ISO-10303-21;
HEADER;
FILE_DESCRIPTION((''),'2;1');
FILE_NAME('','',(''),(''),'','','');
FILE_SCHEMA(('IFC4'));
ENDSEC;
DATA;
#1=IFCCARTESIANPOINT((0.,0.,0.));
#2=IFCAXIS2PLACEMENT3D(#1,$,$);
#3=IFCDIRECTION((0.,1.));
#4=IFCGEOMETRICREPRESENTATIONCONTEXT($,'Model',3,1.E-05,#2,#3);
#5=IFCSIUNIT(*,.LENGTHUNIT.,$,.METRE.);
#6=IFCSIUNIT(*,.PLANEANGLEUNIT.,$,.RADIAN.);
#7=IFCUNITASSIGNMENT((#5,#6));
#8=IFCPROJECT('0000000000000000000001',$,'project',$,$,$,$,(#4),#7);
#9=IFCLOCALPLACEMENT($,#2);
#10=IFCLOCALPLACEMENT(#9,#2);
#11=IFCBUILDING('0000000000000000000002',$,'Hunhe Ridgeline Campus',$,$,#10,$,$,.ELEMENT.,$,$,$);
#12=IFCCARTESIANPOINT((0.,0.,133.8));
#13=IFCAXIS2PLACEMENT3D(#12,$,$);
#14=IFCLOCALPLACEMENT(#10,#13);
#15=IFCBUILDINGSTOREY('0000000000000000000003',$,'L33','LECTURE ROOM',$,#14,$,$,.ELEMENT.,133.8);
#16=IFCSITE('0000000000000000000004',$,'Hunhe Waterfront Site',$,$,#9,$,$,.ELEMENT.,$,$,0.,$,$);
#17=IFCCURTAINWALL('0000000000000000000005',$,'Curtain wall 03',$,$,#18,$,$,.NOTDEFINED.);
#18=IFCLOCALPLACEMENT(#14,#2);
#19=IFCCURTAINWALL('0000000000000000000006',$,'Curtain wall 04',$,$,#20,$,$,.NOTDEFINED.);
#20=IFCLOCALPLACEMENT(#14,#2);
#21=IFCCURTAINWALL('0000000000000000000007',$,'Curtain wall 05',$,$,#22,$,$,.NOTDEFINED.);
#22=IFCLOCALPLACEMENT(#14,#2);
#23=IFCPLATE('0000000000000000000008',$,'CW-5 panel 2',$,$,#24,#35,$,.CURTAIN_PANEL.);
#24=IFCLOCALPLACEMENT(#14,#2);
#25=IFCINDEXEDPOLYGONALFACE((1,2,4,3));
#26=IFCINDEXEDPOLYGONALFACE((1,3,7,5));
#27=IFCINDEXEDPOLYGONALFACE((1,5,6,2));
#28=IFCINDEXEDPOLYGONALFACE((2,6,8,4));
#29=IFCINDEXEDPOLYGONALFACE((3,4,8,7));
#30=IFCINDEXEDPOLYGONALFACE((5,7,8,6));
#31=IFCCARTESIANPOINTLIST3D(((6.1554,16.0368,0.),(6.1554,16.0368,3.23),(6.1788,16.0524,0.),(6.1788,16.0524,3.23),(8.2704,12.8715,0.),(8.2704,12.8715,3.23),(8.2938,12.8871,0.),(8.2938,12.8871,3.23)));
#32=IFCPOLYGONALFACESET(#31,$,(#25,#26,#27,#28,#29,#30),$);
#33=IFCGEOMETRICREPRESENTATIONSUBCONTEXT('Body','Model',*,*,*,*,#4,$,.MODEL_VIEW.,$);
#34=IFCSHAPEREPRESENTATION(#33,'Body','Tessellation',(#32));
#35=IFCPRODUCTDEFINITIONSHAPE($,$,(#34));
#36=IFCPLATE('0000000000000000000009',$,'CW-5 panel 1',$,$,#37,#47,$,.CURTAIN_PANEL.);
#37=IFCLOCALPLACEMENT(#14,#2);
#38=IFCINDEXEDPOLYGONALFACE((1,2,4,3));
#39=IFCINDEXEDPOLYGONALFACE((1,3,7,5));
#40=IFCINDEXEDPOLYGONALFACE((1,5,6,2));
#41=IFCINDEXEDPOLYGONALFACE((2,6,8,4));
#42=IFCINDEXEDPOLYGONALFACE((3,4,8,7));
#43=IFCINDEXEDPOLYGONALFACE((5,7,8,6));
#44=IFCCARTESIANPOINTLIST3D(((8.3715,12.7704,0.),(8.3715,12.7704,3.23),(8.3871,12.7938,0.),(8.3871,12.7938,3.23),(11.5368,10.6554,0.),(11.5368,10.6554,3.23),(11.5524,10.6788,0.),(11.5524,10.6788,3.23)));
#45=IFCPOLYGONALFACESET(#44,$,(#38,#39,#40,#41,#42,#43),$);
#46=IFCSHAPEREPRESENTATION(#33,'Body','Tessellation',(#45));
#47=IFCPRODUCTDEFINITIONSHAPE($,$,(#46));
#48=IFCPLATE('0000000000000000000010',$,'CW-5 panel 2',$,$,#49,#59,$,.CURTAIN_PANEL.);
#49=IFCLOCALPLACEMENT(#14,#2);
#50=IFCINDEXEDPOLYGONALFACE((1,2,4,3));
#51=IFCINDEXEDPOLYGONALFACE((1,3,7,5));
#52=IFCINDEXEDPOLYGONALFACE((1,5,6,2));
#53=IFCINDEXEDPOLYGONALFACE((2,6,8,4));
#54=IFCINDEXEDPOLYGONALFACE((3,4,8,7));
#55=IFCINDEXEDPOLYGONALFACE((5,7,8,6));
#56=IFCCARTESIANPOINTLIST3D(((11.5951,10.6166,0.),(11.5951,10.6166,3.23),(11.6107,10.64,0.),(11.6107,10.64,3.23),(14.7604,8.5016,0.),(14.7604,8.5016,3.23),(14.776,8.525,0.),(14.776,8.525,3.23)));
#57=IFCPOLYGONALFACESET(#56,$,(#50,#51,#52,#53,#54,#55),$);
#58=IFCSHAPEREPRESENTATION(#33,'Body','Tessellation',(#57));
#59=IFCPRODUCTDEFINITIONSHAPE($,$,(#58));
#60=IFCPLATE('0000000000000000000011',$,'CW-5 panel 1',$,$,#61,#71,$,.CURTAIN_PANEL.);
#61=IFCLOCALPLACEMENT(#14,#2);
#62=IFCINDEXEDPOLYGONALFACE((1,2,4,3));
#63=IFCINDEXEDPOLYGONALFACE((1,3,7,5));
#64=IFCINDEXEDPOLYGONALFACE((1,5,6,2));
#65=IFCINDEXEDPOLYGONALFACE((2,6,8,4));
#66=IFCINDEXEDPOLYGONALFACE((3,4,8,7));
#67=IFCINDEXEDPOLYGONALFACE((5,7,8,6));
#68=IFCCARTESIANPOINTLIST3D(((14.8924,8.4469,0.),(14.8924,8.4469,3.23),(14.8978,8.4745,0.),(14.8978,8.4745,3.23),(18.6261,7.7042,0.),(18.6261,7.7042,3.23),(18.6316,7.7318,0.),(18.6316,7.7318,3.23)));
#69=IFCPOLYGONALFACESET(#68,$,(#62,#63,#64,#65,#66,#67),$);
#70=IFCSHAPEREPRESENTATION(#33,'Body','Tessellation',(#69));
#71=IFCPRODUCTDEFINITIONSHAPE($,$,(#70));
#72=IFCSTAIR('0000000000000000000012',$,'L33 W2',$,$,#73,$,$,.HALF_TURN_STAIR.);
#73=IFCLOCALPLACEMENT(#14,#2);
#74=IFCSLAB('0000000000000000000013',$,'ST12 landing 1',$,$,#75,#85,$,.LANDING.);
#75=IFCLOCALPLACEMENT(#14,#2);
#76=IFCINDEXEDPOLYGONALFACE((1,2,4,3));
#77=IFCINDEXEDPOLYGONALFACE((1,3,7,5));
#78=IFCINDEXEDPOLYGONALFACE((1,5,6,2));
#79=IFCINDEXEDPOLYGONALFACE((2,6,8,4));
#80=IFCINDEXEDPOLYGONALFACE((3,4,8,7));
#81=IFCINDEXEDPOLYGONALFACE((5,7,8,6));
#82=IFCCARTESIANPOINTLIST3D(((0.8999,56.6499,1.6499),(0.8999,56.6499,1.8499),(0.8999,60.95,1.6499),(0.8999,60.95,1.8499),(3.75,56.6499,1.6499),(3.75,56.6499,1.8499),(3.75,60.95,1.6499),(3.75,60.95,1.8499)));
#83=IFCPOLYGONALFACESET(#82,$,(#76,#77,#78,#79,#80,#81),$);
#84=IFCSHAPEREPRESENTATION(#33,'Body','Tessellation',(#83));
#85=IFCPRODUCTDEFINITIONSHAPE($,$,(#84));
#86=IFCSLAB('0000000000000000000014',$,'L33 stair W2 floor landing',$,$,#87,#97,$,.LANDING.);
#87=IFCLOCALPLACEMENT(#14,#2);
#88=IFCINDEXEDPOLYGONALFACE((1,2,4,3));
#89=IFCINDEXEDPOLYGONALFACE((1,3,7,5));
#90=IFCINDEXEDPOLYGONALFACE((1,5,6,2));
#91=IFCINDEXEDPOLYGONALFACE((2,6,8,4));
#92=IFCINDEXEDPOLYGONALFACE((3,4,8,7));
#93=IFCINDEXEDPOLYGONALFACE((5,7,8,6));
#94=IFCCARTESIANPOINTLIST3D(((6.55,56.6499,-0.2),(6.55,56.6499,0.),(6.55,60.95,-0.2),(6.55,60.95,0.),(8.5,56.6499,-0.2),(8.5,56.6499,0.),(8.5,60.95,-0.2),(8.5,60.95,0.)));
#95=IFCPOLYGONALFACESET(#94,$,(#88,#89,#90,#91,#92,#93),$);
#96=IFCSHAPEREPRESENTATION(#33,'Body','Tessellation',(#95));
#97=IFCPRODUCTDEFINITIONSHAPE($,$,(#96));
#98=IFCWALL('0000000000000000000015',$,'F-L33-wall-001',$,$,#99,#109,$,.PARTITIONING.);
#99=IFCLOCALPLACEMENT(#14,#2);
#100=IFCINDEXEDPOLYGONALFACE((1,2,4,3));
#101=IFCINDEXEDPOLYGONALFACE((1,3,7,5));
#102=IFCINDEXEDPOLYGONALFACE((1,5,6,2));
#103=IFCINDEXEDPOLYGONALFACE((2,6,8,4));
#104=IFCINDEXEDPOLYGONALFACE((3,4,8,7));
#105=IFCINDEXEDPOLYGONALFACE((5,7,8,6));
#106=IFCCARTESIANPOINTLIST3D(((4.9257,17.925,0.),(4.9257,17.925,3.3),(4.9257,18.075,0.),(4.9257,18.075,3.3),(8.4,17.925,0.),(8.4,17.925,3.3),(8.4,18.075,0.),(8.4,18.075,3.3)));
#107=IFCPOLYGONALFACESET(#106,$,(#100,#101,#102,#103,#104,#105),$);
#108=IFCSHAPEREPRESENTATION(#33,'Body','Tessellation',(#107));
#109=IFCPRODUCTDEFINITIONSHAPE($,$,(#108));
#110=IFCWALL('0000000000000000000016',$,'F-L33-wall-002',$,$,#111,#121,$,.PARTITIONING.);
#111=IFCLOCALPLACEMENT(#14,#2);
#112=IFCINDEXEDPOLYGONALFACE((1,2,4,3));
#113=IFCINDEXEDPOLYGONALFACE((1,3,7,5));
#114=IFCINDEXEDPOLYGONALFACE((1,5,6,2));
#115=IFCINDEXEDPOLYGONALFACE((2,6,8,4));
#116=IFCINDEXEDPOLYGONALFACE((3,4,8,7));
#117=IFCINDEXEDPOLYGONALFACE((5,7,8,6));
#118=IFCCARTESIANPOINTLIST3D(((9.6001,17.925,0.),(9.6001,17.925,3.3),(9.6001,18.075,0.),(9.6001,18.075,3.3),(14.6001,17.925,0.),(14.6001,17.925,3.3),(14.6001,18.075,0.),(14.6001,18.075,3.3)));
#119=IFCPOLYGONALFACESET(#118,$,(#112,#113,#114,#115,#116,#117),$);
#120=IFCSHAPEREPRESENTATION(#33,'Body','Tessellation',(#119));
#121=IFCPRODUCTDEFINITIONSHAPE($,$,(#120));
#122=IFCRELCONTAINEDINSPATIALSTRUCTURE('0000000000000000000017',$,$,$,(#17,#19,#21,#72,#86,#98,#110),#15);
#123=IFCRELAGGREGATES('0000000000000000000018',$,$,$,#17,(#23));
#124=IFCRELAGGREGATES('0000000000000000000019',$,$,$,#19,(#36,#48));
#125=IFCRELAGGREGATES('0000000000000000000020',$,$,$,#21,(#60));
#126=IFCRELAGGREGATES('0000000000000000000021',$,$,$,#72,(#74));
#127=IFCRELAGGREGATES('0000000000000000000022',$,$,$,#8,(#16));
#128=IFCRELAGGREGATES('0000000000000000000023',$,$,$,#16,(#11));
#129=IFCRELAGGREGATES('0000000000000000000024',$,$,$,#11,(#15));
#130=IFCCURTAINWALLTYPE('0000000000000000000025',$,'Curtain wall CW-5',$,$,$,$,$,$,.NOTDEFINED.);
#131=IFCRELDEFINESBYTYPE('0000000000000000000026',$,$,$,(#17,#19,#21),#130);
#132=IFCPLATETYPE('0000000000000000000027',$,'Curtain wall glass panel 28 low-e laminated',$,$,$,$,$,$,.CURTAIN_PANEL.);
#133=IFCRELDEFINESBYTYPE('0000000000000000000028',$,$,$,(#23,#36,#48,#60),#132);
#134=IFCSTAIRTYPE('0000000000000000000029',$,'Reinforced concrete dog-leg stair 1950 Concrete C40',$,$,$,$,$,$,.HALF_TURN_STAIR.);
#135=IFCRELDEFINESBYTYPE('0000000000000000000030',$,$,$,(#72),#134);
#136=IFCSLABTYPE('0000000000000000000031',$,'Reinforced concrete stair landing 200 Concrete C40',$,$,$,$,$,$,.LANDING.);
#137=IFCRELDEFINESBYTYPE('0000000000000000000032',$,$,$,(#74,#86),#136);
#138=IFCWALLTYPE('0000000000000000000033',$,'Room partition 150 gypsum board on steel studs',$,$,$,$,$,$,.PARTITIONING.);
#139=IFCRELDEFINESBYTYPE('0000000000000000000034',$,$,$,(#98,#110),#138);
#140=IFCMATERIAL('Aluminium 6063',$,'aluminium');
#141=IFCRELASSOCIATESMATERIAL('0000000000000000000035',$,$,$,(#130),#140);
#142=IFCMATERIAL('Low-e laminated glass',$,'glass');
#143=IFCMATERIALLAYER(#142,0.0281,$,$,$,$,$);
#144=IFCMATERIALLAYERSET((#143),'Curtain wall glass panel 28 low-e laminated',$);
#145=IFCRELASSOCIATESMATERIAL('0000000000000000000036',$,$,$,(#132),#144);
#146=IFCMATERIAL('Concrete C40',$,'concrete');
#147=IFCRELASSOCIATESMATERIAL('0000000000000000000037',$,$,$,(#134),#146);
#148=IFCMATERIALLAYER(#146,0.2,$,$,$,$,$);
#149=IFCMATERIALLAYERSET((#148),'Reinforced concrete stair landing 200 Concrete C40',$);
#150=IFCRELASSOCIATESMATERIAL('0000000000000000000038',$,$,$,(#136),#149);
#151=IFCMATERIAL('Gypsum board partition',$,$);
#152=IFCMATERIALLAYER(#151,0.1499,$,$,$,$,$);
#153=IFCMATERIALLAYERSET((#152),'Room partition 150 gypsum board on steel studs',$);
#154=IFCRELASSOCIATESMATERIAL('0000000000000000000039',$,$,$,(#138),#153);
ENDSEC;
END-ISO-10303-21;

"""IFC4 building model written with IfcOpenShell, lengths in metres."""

from ifc_helpers import new_model, si_unit, direction, frame, frame_2d, origin, origin_2d, place, context, subcontext, project, spatial, polyline, rectangle, outline, extrude, material, layer, layer_set, type_object, element, aggregate, save


model = new_model("IFC4")

# Units and contexts
model_context = context("Model", 3, precision=1e-05, world=origin(), true_north=direction((0.0, 1.0)))
body_context = subcontext(model_context, "Body", "Model", "MODEL_VIEW")
ifc_project = project(units=[si_unit("LENGTHUNIT", "METRE"), si_unit("PLANEANGLEUNIT", "RADIAN")], contexts=[model_context])

# Site, building, storey
site_placement = place(None, origin())
site = spatial("IfcSite", under=ifc_project, at=site_placement, Name="Hunhe Waterfront Site", CompositionType="ELEMENT", RefElevation=0.0)
building_placement = place(site_placement, origin())
building = spatial("IfcBuilding", under=site, at=building_placement, Name="Hunhe Ridgeline Campus", CompositionType="ELEMENT")
storey_placement = place(building_placement, frame((0.0, 0.0, 133.8)))
storey = spatial("IfcBuildingStorey", under=building, at=storey_placement, Name="L33", Description="LECTURE ROOM", CompositionType="ELEMENT", Elevation=133.8)

# Curtain walls
ifc_material_1 = material(Name="Aluminium 6063", Category="aluminium")
curtain_wall_type = type_object("IfcCurtainWallType", Name="Curtain wall CW-5", PredefinedType="NOTDEFINED", material=ifc_material_1)
curtain_wall_1_placement = place(storey_placement, origin())
curtain_wall_1 = element("IfcCurtainWall", 1, at=curtain_wall_1_placement, inside=storey, type_object=curtain_wall_type, Name="Curtain wall 03", PredefinedType="NOTDEFINED")
curtain_wall_2_placement = place(storey_placement, origin())
curtain_wall_2 = element("IfcCurtainWall", 2, at=curtain_wall_2_placement, inside=storey, type_object=curtain_wall_type, Name="Curtain wall 04", PredefinedType="NOTDEFINED")
curtain_wall_3_placement = place(storey_placement, origin())
curtain_wall_3 = element("IfcCurtainWall", 3, at=curtain_wall_3_placement, inside=storey, type_object=curtain_wall_type, Name="Curtain wall 05", PredefinedType="NOTDEFINED")

# Plates
ifc_material_2 = material(Name="Low-e laminated glass", Category="glass")
ifc_layer_1 = layer(ifc_material_2, 0.0281)
ifc_layer_set_1 = layer_set([ifc_layer_1], Name="Curtain wall glass panel 28 low-e laminated")
plate_type = type_object("IfcPlateType", Name="Curtain wall glass panel 28 low-e laminated", PredefinedType="CURTAIN_PANEL", material=ifc_layer_set_1)
plate_1_placement = place(storey_placement, frame((7.2246, 14.4619, 0.0), z_axis=(0.0, 0.0, 1.0), x_axis=(0.55557, -0.83147, 0.0)))
plate_1 = element("IfcPlate", 4, at=plate_1_placement, type_object=plate_type, Name="CW-5 panel 2", PredefinedType="CURTAIN_PANEL", context=body_context, shape_type="SweptSolid", body=[
    extrude(rectangle(XDim=3.8069, YDim=0.0281, at=origin_2d()), origin(), (0.0, 0.0, 1.0), 3.23),
])
aggregate(curtain_wall_1, [plate_1])
plate_2_placement = place(storey_placement, frame((9.9619, 11.7246, 0.0), z_axis=(0.0, 0.0, 1.0), x_axis=(0.83147, -0.55557, 0.0)))
plate_2 = element("IfcPlate", 5, at=plate_2_placement, type_object=plate_type, Name="CW-5 panel 1", PredefinedType="CURTAIN_PANEL", context=body_context, shape_type="SweptSolid", body=[
    extrude(rectangle(XDim=3.8069, YDim=0.0281, at=origin_2d()), origin(), (0.0, 0.0, 1.0), 3.23),
])
plate_3_placement = place(storey_placement, frame((13.1855, 9.5708, 0.0), z_axis=(0.0, 0.0, 1.0), x_axis=(0.83147, -0.55557, 0.0)))
plate_3 = element("IfcPlate", 6, at=plate_3_placement, type_object=plate_type, Name="CW-5 panel 2", PredefinedType="CURTAIN_PANEL", context=body_context, shape_type="SweptSolid", body=[
    extrude(rectangle(XDim=3.8069, YDim=0.0281, at=origin_2d()), origin(), (0.0, 0.0, 1.0), 3.23),
])
aggregate(curtain_wall_2, [plate_2, plate_3])
plate_4_placement = place(storey_placement, frame((16.762, 8.0894, 0.0), z_axis=(0.0, 0.0, 1.0), x_axis=(0.980785, -0.19509, 0.0)))
plate_4 = element("IfcPlate", 7, at=plate_4_placement, type_object=plate_type, Name="CW-5 panel 1", PredefinedType="CURTAIN_PANEL", context=body_context, shape_type="SweptSolid", body=[
    extrude(rectangle(XDim=3.8069, YDim=0.0281, at=origin_2d()), origin(), (0.0, 0.0, 1.0), 3.23),
])
aggregate(curtain_wall_3, [plate_4])

# Stair, slab
ifc_material_3 = material(Name="Concrete C40", Category="concrete")
stair_type = type_object("IfcStairType", Name="Reinforced concrete dog-leg stair 1950 Concrete C40", PredefinedType="HALF_TURN_STAIR", material=ifc_material_3)
stair_placement = place(storey_placement, origin())
stair = element("IfcStair", 8, at=stair_placement, inside=storey, type_object=stair_type, Name="L33 W2", PredefinedType="HALF_TURN_STAIR")
ifc_layer_2 = layer(ifc_material_3, 0.2)
ifc_layer_set_2 = layer_set([ifc_layer_2], Name="Reinforced concrete stair landing 200 Concrete C40")
slab_type = type_object("IfcSlabType", Name="Reinforced concrete stair landing 200 Concrete C40", PredefinedType="LANDING", material=ifc_layer_set_2)
slab_1_placement = place(storey_placement, frame((0.0, 0.0, 1.6499)))
slab_1 = element("IfcSlab", 9, at=slab_1_placement, type_object=slab_type, Name="ST12 landing 1", PredefinedType="LANDING", context=body_context, shape_type="SweptSolid", body=[
    extrude(outline(polyline([(3.75, 60.95), (0.8999, 60.95), (0.8999, 56.6499), (3.75, 56.6499), (3.75, 60.95)])), origin(), (0.0, 0.0, 1.0), 0.2),
])
aggregate(stair, [slab_1])

# Slab
slab_2_placement = place(storey_placement, frame((0.0, 0.0, -0.2)))
element("IfcSlab", 10, at=slab_2_placement, inside=storey, type_object=slab_type, Name="L33 stair W2 floor landing", PredefinedType="LANDING", context=body_context, shape_type="SweptSolid", body=[
    extrude(outline(polyline([(8.5, 60.95), (6.55, 60.95), (6.55, 56.6499), (8.5, 56.6499), (8.5, 60.95)])), origin(), (0.0, 0.0, 1.0), 0.2),
])

# Shared definitions
ifc_material_4 = material(Name="Gypsum board partition")

# Walls
ifc_layer_3 = layer(ifc_material_4, 0.1499)
ifc_layer_set_3 = layer_set([ifc_layer_3], Name="Room partition 150 gypsum board on steel studs")
wall_type_1 = type_object("IfcWallType", Name="Room partition 150 gypsum board on steel studs", PredefinedType="PARTITIONING", material=ifc_layer_set_3)
wall_1_placement = place(storey_placement, frame((4.9255, 18.0, 0.0), z_axis=(0.0, 0.0, 1.0), x_axis=(1.0, 0.0, 0.0)))
element("IfcWall", 11, at=wall_1_placement, inside=storey, type_object=wall_type_1, Name="F-L33-wall-001", PredefinedType="PARTITIONING", context=body_context, shape_type="SweptSolid", body=[
    extrude(rectangle(XDim=3.4744, YDim=0.1499, at=frame_2d((1.7373, 0.0))), origin(), (0.0, 0.0, 1.0), 3.3),
])
wall_2_placement = place(storey_placement, frame((9.6001, 18.0, 0.0), z_axis=(0.0, 0.0, 1.0), x_axis=(1.0, 0.0, 0.0)))
element("IfcWall", 12, at=wall_2_placement, inside=storey, type_object=wall_type_1, Name="F-L33-wall-002", PredefinedType="PARTITIONING", context=body_context, shape_type="SweptSolid", body=[
    extrude(rectangle(XDim=5.0, YDim=0.1499, at=frame_2d((2.5, 0.0))), origin(), (0.0, 0.0, 1.0), 3.3),
])

save(model, "model.ifc")
